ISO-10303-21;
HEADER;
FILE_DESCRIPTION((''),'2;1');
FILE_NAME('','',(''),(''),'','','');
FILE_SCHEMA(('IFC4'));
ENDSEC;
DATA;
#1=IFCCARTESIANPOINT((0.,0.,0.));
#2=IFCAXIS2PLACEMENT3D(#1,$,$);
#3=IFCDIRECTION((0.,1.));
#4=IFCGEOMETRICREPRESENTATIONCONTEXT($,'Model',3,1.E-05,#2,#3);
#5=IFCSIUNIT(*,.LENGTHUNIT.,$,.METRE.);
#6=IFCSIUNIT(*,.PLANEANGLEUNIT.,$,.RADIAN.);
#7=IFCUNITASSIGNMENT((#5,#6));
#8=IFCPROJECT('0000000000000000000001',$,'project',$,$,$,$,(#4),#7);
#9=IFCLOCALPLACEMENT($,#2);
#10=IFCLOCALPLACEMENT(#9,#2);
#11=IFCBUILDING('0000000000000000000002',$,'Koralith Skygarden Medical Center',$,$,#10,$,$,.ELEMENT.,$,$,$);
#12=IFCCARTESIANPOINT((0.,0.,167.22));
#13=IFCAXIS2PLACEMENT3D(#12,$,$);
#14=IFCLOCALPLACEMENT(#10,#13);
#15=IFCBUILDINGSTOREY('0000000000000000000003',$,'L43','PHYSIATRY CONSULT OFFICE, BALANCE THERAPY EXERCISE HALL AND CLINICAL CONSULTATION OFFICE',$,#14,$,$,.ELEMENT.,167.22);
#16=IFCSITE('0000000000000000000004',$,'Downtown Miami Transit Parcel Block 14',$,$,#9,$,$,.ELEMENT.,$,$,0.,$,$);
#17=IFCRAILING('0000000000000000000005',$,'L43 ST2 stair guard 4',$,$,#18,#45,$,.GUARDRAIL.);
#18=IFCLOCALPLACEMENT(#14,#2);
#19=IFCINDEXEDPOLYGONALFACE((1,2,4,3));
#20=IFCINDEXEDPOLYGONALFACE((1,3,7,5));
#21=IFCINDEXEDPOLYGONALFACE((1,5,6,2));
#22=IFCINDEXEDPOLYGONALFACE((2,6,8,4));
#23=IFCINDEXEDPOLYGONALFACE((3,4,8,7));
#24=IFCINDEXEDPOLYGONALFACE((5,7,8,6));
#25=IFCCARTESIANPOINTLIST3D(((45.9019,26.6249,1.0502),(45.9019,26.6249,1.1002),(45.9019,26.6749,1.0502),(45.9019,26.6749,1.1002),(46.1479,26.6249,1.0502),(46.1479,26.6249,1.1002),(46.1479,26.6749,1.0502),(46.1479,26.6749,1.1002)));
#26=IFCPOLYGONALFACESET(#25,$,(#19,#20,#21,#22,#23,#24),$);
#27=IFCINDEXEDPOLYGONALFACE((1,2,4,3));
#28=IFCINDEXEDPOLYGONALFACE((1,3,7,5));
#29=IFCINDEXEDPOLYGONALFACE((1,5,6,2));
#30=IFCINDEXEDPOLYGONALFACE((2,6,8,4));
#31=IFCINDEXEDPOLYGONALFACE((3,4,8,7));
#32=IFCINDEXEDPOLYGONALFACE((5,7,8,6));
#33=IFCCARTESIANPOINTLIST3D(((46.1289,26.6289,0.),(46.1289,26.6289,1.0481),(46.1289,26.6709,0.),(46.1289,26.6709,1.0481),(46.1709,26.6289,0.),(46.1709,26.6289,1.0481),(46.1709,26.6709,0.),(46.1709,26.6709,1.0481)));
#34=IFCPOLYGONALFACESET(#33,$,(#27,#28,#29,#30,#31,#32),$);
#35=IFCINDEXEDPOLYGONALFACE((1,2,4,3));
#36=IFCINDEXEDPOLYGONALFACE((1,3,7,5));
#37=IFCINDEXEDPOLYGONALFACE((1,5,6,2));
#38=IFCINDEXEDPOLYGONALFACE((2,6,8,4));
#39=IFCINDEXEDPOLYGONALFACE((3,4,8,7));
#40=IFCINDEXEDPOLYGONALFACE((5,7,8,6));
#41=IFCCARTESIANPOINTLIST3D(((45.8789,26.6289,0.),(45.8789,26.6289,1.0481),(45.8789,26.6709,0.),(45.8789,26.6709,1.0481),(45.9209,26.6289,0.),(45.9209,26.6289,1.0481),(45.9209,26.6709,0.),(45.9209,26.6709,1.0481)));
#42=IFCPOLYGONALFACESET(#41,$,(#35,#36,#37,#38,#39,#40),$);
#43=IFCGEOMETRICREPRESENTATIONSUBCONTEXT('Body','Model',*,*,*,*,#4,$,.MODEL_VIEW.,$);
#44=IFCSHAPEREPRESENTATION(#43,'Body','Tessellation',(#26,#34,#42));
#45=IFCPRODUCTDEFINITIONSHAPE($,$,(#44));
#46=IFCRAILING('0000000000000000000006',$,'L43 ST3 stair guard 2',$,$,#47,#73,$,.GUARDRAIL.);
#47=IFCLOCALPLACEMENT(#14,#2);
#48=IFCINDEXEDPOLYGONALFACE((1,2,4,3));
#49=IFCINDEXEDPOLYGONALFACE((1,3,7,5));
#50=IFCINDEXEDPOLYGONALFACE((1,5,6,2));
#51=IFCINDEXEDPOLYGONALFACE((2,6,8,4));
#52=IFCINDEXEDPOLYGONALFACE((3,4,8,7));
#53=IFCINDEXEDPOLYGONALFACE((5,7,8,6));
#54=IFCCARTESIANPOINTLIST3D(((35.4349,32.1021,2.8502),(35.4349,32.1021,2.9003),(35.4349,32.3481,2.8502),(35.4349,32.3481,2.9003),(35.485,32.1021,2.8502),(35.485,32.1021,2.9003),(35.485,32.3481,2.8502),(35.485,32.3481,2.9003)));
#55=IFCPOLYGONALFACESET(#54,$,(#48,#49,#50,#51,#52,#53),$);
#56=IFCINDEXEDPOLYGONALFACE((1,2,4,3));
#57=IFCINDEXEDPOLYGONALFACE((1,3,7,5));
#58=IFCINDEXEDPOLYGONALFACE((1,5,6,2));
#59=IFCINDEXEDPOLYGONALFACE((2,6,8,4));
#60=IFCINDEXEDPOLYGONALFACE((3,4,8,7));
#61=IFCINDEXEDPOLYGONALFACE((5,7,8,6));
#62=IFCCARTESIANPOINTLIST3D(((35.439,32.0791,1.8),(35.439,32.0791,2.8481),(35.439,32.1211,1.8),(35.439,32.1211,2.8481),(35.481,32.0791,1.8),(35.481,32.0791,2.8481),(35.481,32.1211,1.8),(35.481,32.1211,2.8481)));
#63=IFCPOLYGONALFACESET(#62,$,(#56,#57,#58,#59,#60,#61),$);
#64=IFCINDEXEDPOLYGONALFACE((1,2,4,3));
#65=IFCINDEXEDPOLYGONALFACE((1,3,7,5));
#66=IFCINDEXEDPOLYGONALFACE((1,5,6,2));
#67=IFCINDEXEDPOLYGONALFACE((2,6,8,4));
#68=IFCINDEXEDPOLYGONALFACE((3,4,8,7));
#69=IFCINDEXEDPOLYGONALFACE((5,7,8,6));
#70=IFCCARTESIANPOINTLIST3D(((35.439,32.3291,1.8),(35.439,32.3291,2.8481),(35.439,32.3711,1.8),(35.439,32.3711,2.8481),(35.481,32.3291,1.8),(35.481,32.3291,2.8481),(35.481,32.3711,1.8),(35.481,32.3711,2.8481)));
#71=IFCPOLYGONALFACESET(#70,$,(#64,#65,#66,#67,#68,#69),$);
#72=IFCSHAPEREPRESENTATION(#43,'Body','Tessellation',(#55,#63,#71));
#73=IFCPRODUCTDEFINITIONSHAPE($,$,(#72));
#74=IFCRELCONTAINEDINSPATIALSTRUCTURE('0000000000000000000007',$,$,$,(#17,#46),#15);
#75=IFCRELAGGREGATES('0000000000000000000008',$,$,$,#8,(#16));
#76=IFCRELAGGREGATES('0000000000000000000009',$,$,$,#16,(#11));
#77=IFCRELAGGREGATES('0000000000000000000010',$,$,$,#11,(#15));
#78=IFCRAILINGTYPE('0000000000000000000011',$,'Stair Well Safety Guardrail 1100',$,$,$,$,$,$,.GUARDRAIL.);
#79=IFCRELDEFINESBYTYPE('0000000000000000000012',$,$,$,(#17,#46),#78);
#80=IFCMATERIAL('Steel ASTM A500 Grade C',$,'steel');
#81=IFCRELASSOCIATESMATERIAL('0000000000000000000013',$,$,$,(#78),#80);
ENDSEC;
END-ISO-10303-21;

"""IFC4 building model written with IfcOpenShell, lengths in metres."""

from ifc_helpers import new_model, si_unit, direction, frame, origin, origin_2d, place, context, subcontext, project, spatial, rectangle, extrude, material, type_object, element, save


model = new_model("IFC4")

# Units and contexts
model_context = context("Model", 3, precision=1e-05, world=origin(), true_north=direction((0.0, 1.0)))
body_context = subcontext(model_context, "Body", "Model", "MODEL_VIEW")
ifc_project = project(units=[si_unit("LENGTHUNIT", "METRE"), si_unit("PLANEANGLEUNIT", "RADIAN")], contexts=[model_context])

# Site, building, storey
site_placement = place(None, origin())
site = spatial("IfcSite", under=ifc_project, at=site_placement, Name="Downtown Miami Transit Parcel Block 14", CompositionType="ELEMENT", RefElevation=0.0)
building_placement = place(site_placement, origin())
building = spatial("IfcBuilding", under=site, at=building_placement, Name="Koralith Skygarden Medical Center", CompositionType="ELEMENT")
storey_placement = place(building_placement, frame((0.0, 0.0, 167.22)))
storey = spatial("IfcBuildingStorey", under=building, at=storey_placement, Name="L43", Description="PHYSIATRY CONSULT OFFICE, BALANCE THERAPY EXERCISE HALL AND CLINICAL CONSULTATION OFFICE", CompositionType="ELEMENT", Elevation=167.22)

# Shared definitions
ifc_material_1 = material(Name="Steel ASTM A500 Grade C", Category="steel")

# Railings
railing_type_1 = type_object("IfcRailingType", Name="Stair Well Safety Guardrail 1100", PredefinedType="GUARDRAIL", material=ifc_material_1)
railing_1_placement = place(storey_placement, frame((46.1499, 26.6499, 0.0)))
element("IfcRailing", 1, at=railing_1_placement, inside=storey, type_object=railing_type_1, Name="L43 ST2 stair guard 4", PredefinedType="GUARDRAIL", context=body_context, shape_type="SweptSolid", body=[
    extrude(rectangle(XDim=0.05, YDim=0.05, at=origin_2d()), frame((-0.002, 0.0, 1.0752), z_axis=(-1.0, 0.0, 0.0), x_axis=(0.0, -1.0, 0.0)), (0.0, 0.0, 1.0), 0.2461),
    extrude(rectangle(XDim=0.042, YDim=0.042, at=origin_2d()), origin(), (0.0, 0.0, 1.0), 1.0481),
    extrude(rectangle(XDim=0.042, YDim=0.042, at=origin_2d()), frame((-0.25, 0.0, 0.0)), (0.0, 0.0, 1.0), 1.0481),
])
railing_2_placement = place(storey_placement, frame((35.46, 32.1001, 1.8)))
element("IfcRailing", 2, at=railing_2_placement, inside=storey, type_object=railing_type_1, Name="L43 ST3 stair guard 2", PredefinedType="GUARDRAIL", context=body_context, shape_type="SweptSolid", body=[
    extrude(rectangle(XDim=0.05, YDim=0.05, at=origin_2d()), frame((0.0, 0.002, 1.0752), z_axis=(0.0, 1.0, 0.0), x_axis=(-1.0, 0.0, 0.0)), (0.0, 0.0, 1.0), 0.2461),
    extrude(rectangle(XDim=0.042, YDim=0.042, at=origin_2d()), origin(), (0.0, 0.0, 1.0), 1.0481),
    extrude(rectangle(XDim=0.042, YDim=0.042, at=origin_2d()), frame((0.0, 0.25, 0.0)), (0.0, 0.0, 1.0), 1.0481),
])

save(model, "model.ifc")
